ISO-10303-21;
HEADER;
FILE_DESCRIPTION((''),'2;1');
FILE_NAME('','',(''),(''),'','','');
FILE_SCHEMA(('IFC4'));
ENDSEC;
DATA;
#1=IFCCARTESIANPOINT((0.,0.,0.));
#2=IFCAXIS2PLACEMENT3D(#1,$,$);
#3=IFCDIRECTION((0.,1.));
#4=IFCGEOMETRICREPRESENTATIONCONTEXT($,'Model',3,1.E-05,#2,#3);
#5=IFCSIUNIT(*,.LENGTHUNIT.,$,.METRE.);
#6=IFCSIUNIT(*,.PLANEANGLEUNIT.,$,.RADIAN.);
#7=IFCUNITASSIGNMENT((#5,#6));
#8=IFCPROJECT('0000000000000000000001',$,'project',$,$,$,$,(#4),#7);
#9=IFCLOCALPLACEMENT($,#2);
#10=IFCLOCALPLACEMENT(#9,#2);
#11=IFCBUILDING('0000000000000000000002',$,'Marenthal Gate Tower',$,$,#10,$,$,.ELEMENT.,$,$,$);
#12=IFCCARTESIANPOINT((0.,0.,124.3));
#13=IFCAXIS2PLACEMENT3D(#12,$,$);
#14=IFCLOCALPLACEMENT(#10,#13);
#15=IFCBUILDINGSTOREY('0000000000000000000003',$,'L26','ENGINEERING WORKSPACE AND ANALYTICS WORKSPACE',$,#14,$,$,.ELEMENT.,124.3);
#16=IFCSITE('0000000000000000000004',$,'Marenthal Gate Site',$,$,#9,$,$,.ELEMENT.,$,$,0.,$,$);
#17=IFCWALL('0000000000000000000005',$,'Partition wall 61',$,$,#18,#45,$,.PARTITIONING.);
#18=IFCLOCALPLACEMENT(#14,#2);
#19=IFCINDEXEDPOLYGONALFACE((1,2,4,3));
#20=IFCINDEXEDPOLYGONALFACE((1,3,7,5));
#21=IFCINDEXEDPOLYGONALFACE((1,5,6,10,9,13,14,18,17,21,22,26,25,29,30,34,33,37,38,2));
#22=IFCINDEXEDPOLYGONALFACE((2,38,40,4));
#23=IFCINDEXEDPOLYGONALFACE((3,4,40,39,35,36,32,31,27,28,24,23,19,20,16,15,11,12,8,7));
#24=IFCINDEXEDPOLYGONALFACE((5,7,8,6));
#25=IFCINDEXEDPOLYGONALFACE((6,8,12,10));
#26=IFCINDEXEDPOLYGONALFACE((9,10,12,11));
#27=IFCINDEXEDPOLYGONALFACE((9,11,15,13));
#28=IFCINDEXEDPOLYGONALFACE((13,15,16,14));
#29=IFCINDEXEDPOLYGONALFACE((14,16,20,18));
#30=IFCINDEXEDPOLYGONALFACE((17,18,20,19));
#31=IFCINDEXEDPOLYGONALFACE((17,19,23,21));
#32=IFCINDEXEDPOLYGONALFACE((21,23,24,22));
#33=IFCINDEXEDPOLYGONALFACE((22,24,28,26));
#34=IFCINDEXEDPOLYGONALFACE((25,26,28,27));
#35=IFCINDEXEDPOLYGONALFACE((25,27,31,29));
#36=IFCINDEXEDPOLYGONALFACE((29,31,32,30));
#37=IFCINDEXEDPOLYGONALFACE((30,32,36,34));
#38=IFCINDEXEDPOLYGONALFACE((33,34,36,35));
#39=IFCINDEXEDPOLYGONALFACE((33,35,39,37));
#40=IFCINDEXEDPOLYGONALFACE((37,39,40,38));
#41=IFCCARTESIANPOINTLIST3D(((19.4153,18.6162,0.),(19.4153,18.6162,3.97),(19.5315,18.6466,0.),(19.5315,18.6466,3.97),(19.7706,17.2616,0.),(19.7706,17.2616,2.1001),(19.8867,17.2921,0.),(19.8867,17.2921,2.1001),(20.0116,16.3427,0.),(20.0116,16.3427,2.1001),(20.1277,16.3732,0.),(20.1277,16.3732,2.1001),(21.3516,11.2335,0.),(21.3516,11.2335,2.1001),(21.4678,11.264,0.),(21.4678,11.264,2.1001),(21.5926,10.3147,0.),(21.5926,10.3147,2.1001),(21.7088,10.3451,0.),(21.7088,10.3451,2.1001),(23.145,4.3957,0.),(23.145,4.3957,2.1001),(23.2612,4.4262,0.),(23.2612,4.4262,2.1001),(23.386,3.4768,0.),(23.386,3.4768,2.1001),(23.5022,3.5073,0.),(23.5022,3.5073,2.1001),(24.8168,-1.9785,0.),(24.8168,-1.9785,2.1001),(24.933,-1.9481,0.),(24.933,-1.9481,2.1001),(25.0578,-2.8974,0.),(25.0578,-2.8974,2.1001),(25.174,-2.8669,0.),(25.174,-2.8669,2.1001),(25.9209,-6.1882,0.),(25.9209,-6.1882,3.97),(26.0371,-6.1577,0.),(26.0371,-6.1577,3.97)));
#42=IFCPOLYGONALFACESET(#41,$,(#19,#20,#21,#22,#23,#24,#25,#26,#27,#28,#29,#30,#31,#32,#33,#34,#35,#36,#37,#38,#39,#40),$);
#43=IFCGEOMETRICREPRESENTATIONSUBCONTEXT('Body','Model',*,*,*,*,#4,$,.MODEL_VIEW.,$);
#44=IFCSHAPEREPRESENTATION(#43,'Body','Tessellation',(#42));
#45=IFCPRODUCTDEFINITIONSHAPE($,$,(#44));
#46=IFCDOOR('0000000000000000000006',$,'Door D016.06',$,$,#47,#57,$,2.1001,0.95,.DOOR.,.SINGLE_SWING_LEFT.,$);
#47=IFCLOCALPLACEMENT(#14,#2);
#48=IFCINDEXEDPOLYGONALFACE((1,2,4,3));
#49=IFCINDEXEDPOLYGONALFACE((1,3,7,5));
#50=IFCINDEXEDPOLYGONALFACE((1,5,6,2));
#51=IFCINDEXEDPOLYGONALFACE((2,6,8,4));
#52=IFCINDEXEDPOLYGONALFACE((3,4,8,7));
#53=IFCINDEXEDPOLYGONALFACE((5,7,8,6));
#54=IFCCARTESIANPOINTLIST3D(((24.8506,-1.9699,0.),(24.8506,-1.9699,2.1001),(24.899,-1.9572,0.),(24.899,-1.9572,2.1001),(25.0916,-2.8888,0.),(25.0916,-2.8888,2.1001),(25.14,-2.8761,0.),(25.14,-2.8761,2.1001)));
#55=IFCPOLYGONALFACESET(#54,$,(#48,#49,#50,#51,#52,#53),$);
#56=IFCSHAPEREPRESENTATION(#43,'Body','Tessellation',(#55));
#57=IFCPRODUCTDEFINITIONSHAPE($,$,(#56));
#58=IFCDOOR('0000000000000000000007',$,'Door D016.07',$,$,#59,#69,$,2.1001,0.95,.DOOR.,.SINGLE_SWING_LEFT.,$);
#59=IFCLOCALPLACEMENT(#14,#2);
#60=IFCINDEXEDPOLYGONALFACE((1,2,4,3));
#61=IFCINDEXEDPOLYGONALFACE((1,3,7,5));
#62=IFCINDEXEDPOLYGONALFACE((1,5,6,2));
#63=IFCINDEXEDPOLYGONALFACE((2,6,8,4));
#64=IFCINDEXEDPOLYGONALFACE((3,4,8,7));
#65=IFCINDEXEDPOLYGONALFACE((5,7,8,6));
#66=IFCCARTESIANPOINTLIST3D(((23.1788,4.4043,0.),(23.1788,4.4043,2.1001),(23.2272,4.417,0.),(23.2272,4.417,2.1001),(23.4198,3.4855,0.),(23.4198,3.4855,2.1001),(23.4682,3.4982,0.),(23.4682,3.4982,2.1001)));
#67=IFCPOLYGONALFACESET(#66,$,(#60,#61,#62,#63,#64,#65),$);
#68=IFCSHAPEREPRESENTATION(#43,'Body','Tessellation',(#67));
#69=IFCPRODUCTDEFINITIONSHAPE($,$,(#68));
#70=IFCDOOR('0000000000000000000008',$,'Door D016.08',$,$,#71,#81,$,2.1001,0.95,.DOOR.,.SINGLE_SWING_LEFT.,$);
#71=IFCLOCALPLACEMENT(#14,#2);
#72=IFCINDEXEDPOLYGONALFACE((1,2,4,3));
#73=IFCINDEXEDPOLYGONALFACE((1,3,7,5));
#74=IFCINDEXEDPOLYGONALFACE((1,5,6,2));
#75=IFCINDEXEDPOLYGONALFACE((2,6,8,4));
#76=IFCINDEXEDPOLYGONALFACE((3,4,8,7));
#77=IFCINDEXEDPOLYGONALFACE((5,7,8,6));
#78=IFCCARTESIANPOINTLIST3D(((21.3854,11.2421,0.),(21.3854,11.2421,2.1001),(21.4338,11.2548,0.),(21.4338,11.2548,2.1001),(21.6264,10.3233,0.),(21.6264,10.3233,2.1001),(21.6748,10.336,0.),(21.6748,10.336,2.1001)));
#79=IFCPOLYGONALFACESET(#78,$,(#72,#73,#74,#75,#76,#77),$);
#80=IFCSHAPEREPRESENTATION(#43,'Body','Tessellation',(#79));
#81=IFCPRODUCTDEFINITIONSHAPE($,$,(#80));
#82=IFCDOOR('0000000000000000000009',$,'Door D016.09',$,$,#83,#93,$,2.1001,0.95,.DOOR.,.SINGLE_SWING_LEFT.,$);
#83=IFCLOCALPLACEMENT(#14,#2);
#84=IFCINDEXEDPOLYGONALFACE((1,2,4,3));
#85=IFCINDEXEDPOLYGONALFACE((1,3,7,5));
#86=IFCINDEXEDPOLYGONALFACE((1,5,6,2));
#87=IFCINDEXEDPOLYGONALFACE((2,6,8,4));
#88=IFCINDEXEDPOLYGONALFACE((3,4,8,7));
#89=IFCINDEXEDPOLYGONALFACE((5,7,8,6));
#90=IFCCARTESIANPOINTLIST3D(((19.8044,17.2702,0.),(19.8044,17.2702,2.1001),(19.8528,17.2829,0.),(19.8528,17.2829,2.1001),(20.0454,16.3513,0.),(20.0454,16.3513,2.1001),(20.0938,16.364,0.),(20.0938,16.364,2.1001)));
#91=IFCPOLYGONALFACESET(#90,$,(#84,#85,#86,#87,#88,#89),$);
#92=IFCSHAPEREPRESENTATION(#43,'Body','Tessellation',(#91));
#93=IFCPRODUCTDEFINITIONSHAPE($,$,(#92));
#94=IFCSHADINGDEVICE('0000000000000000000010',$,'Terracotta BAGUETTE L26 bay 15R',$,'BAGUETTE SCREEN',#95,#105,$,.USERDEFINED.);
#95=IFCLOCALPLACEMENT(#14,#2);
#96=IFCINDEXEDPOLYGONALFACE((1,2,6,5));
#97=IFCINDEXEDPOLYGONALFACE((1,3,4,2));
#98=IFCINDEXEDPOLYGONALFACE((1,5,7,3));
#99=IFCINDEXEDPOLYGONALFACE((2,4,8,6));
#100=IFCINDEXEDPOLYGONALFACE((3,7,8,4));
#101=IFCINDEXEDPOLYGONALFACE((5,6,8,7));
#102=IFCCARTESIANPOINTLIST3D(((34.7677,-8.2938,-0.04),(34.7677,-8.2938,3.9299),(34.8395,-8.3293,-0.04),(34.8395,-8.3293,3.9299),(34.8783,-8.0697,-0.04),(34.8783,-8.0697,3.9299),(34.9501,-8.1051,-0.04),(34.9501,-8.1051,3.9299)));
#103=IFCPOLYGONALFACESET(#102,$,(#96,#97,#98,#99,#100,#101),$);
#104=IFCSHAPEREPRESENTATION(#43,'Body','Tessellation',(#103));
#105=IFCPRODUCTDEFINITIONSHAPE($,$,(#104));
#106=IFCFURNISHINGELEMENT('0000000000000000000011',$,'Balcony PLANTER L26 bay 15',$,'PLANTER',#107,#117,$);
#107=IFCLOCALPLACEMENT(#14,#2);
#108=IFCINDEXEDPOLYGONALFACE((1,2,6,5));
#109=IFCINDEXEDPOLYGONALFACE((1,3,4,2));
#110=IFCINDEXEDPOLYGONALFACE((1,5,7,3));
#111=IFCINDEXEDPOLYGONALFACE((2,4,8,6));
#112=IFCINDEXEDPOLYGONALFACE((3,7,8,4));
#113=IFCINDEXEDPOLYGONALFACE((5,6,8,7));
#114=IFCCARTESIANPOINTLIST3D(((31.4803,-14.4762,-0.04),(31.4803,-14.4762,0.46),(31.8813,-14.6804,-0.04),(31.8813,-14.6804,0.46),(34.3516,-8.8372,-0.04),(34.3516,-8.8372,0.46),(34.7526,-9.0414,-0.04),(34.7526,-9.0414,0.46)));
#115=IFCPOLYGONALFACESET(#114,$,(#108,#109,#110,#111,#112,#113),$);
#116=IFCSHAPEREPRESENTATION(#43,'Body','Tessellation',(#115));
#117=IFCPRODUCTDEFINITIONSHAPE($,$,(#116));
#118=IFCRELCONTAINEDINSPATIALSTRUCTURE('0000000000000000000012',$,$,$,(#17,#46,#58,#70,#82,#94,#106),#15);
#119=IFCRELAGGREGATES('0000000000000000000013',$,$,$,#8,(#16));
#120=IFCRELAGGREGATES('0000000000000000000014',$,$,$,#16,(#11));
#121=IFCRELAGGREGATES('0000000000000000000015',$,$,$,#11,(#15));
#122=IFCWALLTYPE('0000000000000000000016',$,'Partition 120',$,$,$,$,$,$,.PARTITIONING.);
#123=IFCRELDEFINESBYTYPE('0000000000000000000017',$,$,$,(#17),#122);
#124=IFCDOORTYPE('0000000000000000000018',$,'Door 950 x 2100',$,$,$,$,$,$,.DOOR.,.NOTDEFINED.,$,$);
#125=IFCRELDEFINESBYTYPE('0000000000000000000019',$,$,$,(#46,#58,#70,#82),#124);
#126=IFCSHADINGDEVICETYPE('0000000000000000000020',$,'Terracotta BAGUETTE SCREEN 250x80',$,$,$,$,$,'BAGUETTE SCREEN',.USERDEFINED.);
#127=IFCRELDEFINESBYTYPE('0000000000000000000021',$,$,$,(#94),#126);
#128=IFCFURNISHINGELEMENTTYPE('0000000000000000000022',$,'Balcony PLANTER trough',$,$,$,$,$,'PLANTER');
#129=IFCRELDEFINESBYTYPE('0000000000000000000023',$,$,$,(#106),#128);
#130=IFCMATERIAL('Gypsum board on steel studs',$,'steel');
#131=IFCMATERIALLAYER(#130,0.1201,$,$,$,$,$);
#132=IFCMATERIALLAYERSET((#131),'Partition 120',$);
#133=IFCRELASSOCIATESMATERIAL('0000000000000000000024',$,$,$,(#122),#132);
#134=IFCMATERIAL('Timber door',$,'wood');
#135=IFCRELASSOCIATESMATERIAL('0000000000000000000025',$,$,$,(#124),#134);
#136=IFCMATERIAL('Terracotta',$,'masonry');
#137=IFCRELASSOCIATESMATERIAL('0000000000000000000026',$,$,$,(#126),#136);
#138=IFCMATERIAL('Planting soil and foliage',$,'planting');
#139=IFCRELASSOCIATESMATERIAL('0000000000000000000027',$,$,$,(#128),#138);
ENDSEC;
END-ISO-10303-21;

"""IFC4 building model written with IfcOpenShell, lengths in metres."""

from ifc_helpers import new_model, si_unit, direction, frame, frame_2d, origin, origin_2d, place, context, subcontext, project, spatial, rectangle, extrude, material, layer, layer_set, material_profile, profile_set, type_object, element, fill, save


model = new_model("IFC4")

# Units and contexts
model_context = context("Model", 3, precision=1e-05, world=origin(), true_north=direction((0.0, 1.0)))
body_context = subcontext(model_context, "Body", "Model", "MODEL_VIEW")
ifc_project = project(units=[si_unit("LENGTHUNIT", "METRE"), si_unit("PLANEANGLEUNIT", "RADIAN")], contexts=[model_context])

# Site, building, storey
site_placement = place(None, origin())
site = spatial("IfcSite", under=ifc_project, at=site_placement, Name="Marenthal Gate Site", CompositionType="ELEMENT", RefElevation=0.0)
building_placement = place(site_placement, origin())
building = spatial("IfcBuilding", under=site, at=building_placement, Name="Marenthal Gate Tower", CompositionType="ELEMENT")
storey_placement = place(building_placement, frame((0.0, 0.0, 124.3)))
storey = spatial("IfcBuildingStorey", under=building, at=storey_placement, Name="L26", Description="ENGINEERING WORKSPACE AND ANALYTICS WORKSPACE", CompositionType="ELEMENT", Elevation=124.3)

# Shared definitions
ifc_material_1 = material(Name="Gypsum board on steel studs", Category="steel")
ifc_layer_1 = layer(ifc_material_1, 0.1201)
ifc_layer_set_1 = layer_set([ifc_layer_1], Name="Partition 120")
wall_type = type_object("IfcWallType", Name="Partition 120", PredefinedType="PARTITIONING", material=ifc_layer_set_1)

# Wall, openings, doors
wall_1_placement = place(storey_placement, frame((25.979, -6.1731, 0.0), z_axis=(0.0, 0.0, 1.0), x_axis=(-0.253696, 0.967284, 0.0)))
wall_1 = element("IfcWall", 1, at=wall_1_placement, inside=storey, type_object=wall_type, Name="Partition wall 61", PredefinedType="PARTITIONING", context=body_context, shape_type="SweptSolid", body=[
    extrude(rectangle(XDim=25.6433, YDim=0.1201, at=frame_2d((12.8218, 0.0))), origin(), (0.0, 0.0, 1.0), 3.97),
])
opening_1_placement = place(wall_1_placement, frame((3.4021, 0.0, 0.0)))
opening_1 = element("IfcOpeningElement", 2, at=opening_1_placement, cuts=wall_1, PredefinedType="OPENING", context=body_context, shape_type="SweptSolid", body=[
    extrude(rectangle(XDim=0.95, YDim=2.1001, at=frame_2d((0.4751, 1.05))), frame((0.0, 0.0701, 0.0), z_axis=(0.0, -1.0, 0.0), x_axis=(1.0, 0.0, 0.0)), (0.0, 0.0, 1.0), 0.1401),
])
opening_2_placement = place(wall_1_placement, frame((9.9919, 0.0, 0.0)))
opening_2 = element("IfcOpeningElement", 3, at=opening_2_placement, cuts=wall_1, PredefinedType="OPENING", context=body_context, shape_type="SweptSolid", body=[
    extrude(rectangle(XDim=0.95, YDim=2.1001, at=frame_2d((0.4751, 1.05))), frame((0.0, 0.0701, 0.0), z_axis=(0.0, -1.0, 0.0), x_axis=(1.0, 0.0, 0.0)), (0.0, 0.0, 1.0), 0.1401),
])
opening_3_placement = place(wall_1_placement, frame((17.061, 0.0, 0.0)))
opening_3 = element("IfcOpeningElement", 4, at=opening_3_placement, cuts=wall_1, PredefinedType="OPENING", context=body_context, shape_type="SweptSolid", body=[
    extrude(rectangle(XDim=0.95, YDim=2.1001, at=frame_2d((0.4751, 1.05))), frame((0.0, 0.0701, 0.0), z_axis=(0.0, -1.0, 0.0), x_axis=(1.0, 0.0, 0.0)), (0.0, 0.0, 1.0), 0.1401),
])
opening_4_placement = place(wall_1_placement, frame((23.293, 0.0, 0.0)))
opening_4 = element("IfcOpeningElement", 5, at=opening_4_placement, cuts=wall_1, PredefinedType="OPENING", context=body_context, shape_type="SweptSolid", body=[
    extrude(rectangle(XDim=0.95, YDim=2.1001, at=frame_2d((0.4751, 1.05))), frame((0.0, 0.0701, 0.0), z_axis=(0.0, -1.0, 0.0), x_axis=(1.0, 0.0, 0.0)), (0.0, 0.0, 1.0), 0.1401),
])
ifc_material_2 = material(Name="Timber door", Category="wood")
door_type = type_object("IfcDoorType", Name="Door 950 x 2100", OperationType="NOTDEFINED", PredefinedType="DOOR", material=ifc_material_2)
door_1_placement = place(opening_1_placement, frame((0.95, 0.0, 0.0), z_axis=(0.0, 0.0, 1.0), x_axis=(-1.0, 0.0, 0.0)))
door_1 = element("IfcDoor", 6, at=door_1_placement, inside=storey, type_object=door_type, Name="Door D016.06", OperationType="SINGLE_SWING_LEFT", OverallHeight=2.1001, OverallWidth=0.95, PredefinedType="DOOR", context=body_context, shape_type="SweptSolid", body=[
    extrude(rectangle(XDim=0.95, YDim=2.1001, at=frame_2d((0.4751, 1.05))), frame((0.0, 0.0249, 0.0), z_axis=(0.0, -1.0, 0.0), x_axis=(1.0, 0.0, 0.0)), (0.0, 0.0, 1.0), 0.05),
])
fill(opening_1, door_1)
door_2_placement = place(opening_2_placement, frame((0.95, 0.0, 0.0), z_axis=(0.0, 0.0, 1.0), x_axis=(-1.0, 0.0, 0.0)))
door_2 = element("IfcDoor", 7, at=door_2_placement, inside=storey, type_object=door_type, Name="Door D016.07", OperationType="SINGLE_SWING_LEFT", OverallHeight=2.1001, OverallWidth=0.95, PredefinedType="DOOR", context=body_context, shape_type="SweptSolid", body=[
    extrude(rectangle(XDim=0.95, YDim=2.1001, at=frame_2d((0.4751, 1.05))), frame((0.0, 0.0249, 0.0), z_axis=(0.0, -1.0, 0.0), x_axis=(1.0, 0.0, 0.0)), (0.0, 0.0, 1.0), 0.05),
])
fill(opening_2, door_2)
door_3_placement = place(opening_3_placement, frame((0.95, 0.0, 0.0), z_axis=(0.0, 0.0, 1.0), x_axis=(-1.0, 0.0, 0.0)))
door_3 = element("IfcDoor", 8, at=door_3_placement, inside=storey, type_object=door_type, Name="Door D016.08", OperationType="SINGLE_SWING_LEFT", OverallHeight=2.1001, OverallWidth=0.95, PredefinedType="DOOR", context=body_context, shape_type="SweptSolid", body=[
    extrude(rectangle(XDim=0.95, YDim=2.1001, at=frame_2d((0.4751, 1.05))), frame((0.0, 0.0249, 0.0), z_axis=(0.0, -1.0, 0.0), x_axis=(1.0, 0.0, 0.0)), (0.0, 0.0, 1.0), 0.05),
])
fill(opening_3, door_3)
door_4_placement = place(opening_4_placement, frame((0.95, 0.0, 0.0), z_axis=(0.0, 0.0, 1.0), x_axis=(-1.0, 0.0, 0.0)))
door_4 = element("IfcDoor", 9, at=door_4_placement, inside=storey, type_object=door_type, Name="Door D016.09", OperationType="SINGLE_SWING_LEFT", OverallHeight=2.1001, OverallWidth=0.95, PredefinedType="DOOR", context=body_context, shape_type="SweptSolid", body=[
    extrude(rectangle(XDim=0.95, YDim=2.1001, at=frame_2d((0.4751, 1.05))), frame((0.0, 0.0249, 0.0), z_axis=(0.0, -1.0, 0.0), x_axis=(1.0, 0.0, 0.0)), (0.0, 0.0, 1.0), 0.05),
])
fill(opening_4, door_4)

# Shading device
ifc_material_3 = material(Name="Terracotta", Category="masonry")
ifc_material_profile_1 = material_profile(ifc_material_3, rectangle(XDim=0.25, YDim=0.0801, at=origin_2d()), Name="Terracotta baguette 250x80")
ifc_profile_set_1 = profile_set([ifc_material_profile_1], Name="Terracotta")
shading_device_type = type_object("IfcShadingDeviceType", Name="Terracotta BAGUETTE SCREEN 250x80", ElementType="BAGUETTE SCREEN", PredefinedType="USERDEFINED", material=ifc_profile_set_1)
shading_device_placement = place(storey_placement, frame((34.8589, -8.1995, -0.04), z_axis=(0.0, 0.0, 1.0), x_axis=(0.442658, 0.896691, 0.0)))
element("IfcShadingDevice", 10, at=shading_device_placement, inside=storey, type_object=shading_device_type, Name="Terracotta BAGUETTE L26 bay 15R", ObjectType="BAGUETTE SCREEN", PredefinedType="USERDEFINED", context=body_context, shape_type="SweptSolid", body=[
    extrude(rectangle(XDim=0.25, YDim=0.0801, at=origin_2d()), origin(), (0.0, 0.0, 1.0), 3.97),
])

# Furnishing element
ifc_material_4 = material(Name="Planting soil and foliage", Category="planting")
furnishing_element_type = type_object("IfcFurnishingElementType", Name="Balcony PLANTER trough", ElementType="PLANTER", material=ifc_material_4)
furnishing_placement = place(storey_placement, frame((33.1165, -11.7588, -0.04), z_axis=(0.0, 0.0, 1.0), x_axis=(0.453749, 0.89113, 0.0)))
element("IfcFurnishingElement", 11, at=furnishing_placement, inside=storey, type_object=furnishing_element_type, Name="Balcony PLANTER L26 bay 15", ObjectType="PLANTER", context=body_context, shape_type="SweptSolid", body=[
    extrude(rectangle(XDim=6.3279, YDim=0.45, at=origin_2d()), origin(), (0.0, 0.0, 1.0), 0.5),
])

save(model, "model.ifc")
